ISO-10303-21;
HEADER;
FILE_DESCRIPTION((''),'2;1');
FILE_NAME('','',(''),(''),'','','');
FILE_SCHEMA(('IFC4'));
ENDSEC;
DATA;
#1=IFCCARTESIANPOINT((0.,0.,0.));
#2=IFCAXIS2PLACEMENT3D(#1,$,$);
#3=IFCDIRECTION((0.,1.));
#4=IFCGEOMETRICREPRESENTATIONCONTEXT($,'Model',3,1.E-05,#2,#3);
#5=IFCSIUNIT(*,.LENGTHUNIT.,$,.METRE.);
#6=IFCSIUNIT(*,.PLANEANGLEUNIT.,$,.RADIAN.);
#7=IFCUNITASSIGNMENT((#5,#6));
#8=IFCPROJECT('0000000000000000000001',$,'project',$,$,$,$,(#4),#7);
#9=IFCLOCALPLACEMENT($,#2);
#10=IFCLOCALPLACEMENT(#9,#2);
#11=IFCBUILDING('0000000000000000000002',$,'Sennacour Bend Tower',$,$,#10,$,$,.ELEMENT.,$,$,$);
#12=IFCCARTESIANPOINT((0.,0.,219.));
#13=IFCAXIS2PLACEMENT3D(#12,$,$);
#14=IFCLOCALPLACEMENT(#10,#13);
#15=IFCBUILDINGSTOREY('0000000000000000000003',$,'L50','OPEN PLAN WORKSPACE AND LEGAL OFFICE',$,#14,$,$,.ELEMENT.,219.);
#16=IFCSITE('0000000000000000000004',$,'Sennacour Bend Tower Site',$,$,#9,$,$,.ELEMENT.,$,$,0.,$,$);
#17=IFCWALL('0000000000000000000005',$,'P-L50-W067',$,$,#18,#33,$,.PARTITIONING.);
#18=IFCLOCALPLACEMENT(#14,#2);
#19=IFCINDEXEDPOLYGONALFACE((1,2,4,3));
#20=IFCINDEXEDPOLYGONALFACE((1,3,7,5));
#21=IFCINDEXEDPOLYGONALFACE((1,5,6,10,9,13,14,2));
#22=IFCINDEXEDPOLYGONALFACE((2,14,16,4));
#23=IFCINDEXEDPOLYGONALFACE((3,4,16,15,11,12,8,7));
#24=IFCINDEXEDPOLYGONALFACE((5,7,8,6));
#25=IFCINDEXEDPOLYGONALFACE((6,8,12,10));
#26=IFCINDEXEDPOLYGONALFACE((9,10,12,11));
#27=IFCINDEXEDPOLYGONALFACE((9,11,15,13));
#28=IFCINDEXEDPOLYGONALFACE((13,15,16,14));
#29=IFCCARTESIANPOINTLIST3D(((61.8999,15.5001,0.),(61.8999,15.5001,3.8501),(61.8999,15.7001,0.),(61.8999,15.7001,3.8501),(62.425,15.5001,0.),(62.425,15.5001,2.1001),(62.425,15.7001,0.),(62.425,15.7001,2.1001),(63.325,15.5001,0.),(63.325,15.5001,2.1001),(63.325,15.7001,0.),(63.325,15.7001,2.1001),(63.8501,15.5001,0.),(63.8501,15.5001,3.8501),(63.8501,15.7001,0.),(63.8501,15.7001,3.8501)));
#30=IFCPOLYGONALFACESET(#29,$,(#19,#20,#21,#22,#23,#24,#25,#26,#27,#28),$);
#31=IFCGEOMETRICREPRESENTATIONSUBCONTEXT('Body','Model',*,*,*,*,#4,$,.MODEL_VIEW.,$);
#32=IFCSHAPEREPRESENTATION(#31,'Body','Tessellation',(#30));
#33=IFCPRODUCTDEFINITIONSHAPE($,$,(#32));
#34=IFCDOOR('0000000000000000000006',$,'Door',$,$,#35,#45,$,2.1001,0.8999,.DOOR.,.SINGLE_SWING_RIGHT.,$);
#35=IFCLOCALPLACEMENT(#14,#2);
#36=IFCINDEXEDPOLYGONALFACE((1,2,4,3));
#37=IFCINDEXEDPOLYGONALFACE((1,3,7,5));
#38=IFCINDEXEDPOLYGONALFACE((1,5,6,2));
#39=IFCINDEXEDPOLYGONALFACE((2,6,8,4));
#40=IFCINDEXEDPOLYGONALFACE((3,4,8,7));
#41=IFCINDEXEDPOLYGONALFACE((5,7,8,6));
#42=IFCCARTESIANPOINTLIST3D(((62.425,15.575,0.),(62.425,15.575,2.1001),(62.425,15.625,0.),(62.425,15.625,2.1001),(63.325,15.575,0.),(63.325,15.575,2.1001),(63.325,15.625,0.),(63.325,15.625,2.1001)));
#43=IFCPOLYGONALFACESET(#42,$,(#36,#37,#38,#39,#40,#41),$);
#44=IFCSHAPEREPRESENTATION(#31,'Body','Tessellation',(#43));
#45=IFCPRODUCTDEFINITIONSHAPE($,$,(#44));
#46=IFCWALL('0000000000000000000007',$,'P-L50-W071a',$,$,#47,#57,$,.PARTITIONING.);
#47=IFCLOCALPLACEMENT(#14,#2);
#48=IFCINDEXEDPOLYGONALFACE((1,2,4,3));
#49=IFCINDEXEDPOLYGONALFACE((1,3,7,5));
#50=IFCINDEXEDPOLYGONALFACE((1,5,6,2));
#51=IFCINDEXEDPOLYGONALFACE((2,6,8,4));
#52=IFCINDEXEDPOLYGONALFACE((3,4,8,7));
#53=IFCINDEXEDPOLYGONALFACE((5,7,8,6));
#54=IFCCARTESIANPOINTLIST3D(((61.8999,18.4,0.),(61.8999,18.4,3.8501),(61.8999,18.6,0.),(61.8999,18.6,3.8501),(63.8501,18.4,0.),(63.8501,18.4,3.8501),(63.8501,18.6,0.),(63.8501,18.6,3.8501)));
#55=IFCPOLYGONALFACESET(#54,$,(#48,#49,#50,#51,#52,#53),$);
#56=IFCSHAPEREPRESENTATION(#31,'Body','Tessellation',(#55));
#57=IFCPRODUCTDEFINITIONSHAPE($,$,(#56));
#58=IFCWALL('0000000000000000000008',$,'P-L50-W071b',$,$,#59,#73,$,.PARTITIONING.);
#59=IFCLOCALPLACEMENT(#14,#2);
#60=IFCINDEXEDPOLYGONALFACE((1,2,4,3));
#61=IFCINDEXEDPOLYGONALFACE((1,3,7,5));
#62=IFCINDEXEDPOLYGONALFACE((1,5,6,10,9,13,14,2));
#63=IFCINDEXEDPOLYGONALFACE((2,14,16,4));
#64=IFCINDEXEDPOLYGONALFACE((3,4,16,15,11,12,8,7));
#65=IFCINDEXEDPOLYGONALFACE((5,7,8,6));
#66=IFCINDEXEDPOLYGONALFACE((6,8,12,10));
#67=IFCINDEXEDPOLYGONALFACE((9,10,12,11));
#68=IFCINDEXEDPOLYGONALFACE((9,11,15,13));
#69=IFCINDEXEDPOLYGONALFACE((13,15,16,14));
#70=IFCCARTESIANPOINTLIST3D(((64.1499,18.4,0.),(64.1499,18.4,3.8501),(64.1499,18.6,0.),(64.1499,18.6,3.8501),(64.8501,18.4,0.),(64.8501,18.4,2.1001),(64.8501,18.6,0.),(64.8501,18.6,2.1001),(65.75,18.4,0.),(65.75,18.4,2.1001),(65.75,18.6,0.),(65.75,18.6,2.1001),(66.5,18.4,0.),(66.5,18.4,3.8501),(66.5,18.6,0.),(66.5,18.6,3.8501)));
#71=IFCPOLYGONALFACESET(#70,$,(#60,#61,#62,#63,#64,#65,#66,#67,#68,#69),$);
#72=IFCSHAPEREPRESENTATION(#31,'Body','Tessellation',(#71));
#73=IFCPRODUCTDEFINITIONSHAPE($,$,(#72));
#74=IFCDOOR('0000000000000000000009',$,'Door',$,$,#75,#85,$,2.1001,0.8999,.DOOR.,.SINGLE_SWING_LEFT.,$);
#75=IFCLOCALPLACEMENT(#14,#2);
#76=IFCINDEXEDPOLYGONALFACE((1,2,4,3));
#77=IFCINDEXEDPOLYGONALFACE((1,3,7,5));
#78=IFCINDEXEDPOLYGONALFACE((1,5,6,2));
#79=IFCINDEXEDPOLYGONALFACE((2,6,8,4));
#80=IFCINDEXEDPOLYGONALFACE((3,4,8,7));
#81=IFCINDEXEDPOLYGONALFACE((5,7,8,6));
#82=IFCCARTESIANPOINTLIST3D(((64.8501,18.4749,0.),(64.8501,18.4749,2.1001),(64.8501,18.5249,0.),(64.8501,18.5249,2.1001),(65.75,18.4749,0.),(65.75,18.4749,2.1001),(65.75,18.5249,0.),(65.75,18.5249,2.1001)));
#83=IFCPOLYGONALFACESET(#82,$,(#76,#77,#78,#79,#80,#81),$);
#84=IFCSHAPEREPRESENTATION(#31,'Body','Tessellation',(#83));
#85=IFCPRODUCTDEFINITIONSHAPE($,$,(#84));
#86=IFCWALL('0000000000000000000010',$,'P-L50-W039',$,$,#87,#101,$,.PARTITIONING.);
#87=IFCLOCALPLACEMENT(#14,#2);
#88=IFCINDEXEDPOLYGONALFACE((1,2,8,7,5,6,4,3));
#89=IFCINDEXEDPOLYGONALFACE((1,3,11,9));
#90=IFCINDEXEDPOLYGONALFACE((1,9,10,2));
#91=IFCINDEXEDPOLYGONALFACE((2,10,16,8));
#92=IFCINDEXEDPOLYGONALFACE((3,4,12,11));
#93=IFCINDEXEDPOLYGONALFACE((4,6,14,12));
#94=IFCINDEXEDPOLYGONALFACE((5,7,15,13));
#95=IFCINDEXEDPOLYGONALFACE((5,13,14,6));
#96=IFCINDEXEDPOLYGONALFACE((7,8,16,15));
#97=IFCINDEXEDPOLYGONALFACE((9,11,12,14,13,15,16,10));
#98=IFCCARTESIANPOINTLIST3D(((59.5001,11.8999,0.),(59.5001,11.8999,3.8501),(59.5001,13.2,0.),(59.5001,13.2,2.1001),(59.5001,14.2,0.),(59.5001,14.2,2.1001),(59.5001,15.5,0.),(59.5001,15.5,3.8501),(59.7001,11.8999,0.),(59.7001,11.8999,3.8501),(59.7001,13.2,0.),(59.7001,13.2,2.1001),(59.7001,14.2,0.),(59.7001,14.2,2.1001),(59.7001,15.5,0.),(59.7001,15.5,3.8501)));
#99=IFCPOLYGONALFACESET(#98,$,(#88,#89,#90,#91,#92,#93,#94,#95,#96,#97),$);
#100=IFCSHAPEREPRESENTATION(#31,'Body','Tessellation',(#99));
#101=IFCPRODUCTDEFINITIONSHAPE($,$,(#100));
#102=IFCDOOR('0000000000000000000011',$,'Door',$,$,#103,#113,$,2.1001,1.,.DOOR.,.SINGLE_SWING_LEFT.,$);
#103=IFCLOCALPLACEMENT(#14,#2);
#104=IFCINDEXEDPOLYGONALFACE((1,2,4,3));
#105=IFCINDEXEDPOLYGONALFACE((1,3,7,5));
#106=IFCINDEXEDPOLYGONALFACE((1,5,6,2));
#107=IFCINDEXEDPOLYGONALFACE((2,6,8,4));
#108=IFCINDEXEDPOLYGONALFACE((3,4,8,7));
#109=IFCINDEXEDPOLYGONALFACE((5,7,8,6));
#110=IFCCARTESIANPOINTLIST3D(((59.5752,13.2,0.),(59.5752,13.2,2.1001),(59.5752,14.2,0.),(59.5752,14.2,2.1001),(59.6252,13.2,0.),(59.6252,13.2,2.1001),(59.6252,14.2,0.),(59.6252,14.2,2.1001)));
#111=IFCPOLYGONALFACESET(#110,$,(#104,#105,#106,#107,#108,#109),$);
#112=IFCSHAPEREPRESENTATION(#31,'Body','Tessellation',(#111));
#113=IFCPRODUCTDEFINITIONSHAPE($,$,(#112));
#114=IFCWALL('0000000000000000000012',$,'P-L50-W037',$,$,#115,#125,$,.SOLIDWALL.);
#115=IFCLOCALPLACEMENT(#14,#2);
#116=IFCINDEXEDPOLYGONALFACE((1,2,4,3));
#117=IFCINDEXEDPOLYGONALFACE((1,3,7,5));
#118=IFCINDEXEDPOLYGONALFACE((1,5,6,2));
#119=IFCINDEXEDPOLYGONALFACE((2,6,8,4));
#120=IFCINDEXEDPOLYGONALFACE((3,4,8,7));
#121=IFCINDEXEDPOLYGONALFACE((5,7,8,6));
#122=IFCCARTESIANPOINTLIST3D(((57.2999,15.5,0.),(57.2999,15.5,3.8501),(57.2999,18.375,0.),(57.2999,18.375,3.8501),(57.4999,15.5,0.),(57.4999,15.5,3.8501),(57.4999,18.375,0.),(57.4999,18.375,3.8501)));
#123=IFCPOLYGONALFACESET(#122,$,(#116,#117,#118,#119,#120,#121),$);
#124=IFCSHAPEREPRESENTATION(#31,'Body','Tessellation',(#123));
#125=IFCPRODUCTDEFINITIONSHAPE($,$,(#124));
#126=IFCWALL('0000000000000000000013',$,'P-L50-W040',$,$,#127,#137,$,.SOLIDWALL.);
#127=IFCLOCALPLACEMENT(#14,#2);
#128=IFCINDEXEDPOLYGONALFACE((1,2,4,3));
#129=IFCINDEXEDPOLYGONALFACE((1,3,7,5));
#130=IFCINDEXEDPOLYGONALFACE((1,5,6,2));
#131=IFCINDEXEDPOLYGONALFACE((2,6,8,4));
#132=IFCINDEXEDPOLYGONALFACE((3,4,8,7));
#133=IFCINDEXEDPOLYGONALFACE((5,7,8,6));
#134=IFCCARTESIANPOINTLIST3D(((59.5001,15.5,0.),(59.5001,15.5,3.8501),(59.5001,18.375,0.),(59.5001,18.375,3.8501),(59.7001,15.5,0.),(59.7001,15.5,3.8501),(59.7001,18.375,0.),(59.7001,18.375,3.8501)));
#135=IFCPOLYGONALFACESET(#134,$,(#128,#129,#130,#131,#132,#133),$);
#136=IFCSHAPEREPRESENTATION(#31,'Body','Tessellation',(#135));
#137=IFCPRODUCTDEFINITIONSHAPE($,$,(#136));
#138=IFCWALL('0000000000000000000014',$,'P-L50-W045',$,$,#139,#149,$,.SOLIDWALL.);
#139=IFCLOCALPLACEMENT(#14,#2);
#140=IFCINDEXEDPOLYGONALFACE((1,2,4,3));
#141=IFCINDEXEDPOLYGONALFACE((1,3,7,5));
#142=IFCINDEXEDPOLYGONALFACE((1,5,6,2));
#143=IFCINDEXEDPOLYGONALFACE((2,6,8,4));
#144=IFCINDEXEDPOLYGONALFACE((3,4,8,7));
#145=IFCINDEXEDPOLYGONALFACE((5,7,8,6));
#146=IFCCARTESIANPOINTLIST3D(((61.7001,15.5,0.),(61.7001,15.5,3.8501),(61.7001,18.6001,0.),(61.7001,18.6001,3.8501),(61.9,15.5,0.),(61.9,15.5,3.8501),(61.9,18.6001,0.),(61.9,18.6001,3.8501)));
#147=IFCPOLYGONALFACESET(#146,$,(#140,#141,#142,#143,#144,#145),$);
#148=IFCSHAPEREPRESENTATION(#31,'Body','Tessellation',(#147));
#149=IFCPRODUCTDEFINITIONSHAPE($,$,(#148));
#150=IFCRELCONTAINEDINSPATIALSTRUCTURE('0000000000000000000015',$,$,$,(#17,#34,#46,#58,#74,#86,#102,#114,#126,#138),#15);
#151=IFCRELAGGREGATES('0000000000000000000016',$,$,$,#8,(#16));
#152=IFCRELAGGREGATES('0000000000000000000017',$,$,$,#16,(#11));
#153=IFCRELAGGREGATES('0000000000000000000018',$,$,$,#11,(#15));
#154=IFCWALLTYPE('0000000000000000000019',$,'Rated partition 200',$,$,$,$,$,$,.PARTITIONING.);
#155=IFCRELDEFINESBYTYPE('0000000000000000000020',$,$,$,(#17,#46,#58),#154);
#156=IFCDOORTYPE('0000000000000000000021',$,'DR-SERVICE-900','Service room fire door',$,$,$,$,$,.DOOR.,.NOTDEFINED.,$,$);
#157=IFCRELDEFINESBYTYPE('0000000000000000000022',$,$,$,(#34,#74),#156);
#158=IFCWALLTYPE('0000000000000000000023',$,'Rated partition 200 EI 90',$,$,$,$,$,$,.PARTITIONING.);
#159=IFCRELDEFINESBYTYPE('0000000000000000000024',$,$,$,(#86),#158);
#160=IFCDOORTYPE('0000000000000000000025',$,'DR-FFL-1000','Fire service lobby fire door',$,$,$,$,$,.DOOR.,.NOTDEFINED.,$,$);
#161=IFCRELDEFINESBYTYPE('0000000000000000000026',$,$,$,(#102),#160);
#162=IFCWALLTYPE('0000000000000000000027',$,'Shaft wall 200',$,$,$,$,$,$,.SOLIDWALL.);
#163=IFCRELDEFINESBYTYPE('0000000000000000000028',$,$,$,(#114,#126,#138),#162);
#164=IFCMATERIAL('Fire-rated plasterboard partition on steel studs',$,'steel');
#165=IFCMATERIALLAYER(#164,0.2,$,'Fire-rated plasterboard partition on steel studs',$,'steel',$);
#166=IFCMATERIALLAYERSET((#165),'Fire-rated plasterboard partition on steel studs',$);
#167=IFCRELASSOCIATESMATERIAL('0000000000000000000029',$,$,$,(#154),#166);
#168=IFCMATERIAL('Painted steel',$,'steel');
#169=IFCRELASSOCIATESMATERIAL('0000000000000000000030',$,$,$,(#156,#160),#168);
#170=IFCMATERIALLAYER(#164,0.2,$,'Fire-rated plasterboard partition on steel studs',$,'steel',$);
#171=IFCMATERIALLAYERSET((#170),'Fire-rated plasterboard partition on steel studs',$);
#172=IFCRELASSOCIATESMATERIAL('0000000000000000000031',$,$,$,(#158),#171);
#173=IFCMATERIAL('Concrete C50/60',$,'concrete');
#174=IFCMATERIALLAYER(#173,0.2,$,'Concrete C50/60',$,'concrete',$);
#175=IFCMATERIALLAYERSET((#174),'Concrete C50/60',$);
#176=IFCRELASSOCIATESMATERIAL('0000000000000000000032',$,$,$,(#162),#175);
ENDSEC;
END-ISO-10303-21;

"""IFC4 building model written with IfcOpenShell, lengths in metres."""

from ifc_helpers import new_model, si_unit, direction, frame, frame_2d, origin, place, context, subcontext, project, spatial, rectangle, extrude, material, layer, layer_set, type_object, element, fill, save


model = new_model("IFC4")

# Units and contexts
model_context = context("Model", 3, precision=1e-05, world=origin(), true_north=direction((0.0, 1.0)))
body_context = subcontext(model_context, "Body", "Model", "MODEL_VIEW")
ifc_project = project(units=[si_unit("LENGTHUNIT", "METRE"), si_unit("PLANEANGLEUNIT", "RADIAN")], contexts=[model_context])

# Site, building, storey
site_placement = place(None, origin())
site = spatial("IfcSite", under=ifc_project, at=site_placement, Name="Sennacour Bend Tower Site", CompositionType="ELEMENT", RefElevation=0.0)
building_placement = place(site_placement, origin())
building = spatial("IfcBuilding", under=site, at=building_placement, Name="Sennacour Bend Tower", CompositionType="ELEMENT")
storey_placement = place(building_placement, frame((0.0, 0.0, 219.0)))
storey = spatial("IfcBuildingStorey", under=building, at=storey_placement, Name="L50", Description="OPEN PLAN WORKSPACE AND LEGAL OFFICE", CompositionType="ELEMENT", Elevation=219.0)

# Wall, opening, door
ifc_material_1 = material(Name="Fire-rated plasterboard partition on steel studs", Category="steel")
ifc_layer_1 = layer(ifc_material_1, 0.2, Name="Fire-rated plasterboard partition on steel studs", Category="steel")
ifc_layer_set_1 = layer_set([ifc_layer_1], Name="Fire-rated plasterboard partition on steel studs")
wall_type_1 = type_object("IfcWallType", Name="Rated partition 200", PredefinedType="PARTITIONING", material=ifc_layer_set_1)
wall_1_placement = place(storey_placement, frame((61.8999, 15.6001, 0.0), z_axis=(0.0, 0.0, 1.0), x_axis=(1.0, 0.0, 0.0)))
wall_1 = element("IfcWall", 1, at=wall_1_placement, inside=storey, type_object=wall_type_1, Name="P-L50-W067", PredefinedType="PARTITIONING", context=body_context, shape_type="SweptSolid", body=[
    extrude(rectangle(XDim=1.9502, YDim=0.2, at=frame_2d((0.9751, 0.0))), origin(), (0.0, 0.0, 1.0), 3.8501),
])
opening_1_placement = place(wall_1_placement, frame((0.5251, 0.0, 0.0)))
opening_1 = element("IfcOpeningElement", 2, at=opening_1_placement, cuts=wall_1, PredefinedType="OPENING", context=body_context, shape_type="SweptSolid", body=[
    extrude(rectangle(XDim=0.8999, YDim=2.1001, at=frame_2d((0.45, 1.05))), frame((0.0, 0.1099, 0.0), z_axis=(0.0, -1.0, 0.0), x_axis=(1.0, 0.0, 0.0)), (0.0, 0.0, 1.0), 0.22),
])
ifc_material_2 = material(Name="Painted steel", Category="steel")
door_type_1 = type_object("IfcDoorType", Name="DR-SERVICE-900", Description="Service room fire door", OperationType="NOTDEFINED", PredefinedType="DOOR", material=ifc_material_2)
door_1_placement = place(opening_1_placement, origin())
door_1 = element("IfcDoor", 3, at=door_1_placement, inside=storey, type_object=door_type_1, Name="Door", OperationType="SINGLE_SWING_RIGHT", OverallHeight=2.1001, OverallWidth=0.8999, PredefinedType="DOOR", context=body_context, shape_type="SweptSolid", body=[
    extrude(rectangle(XDim=0.8999, YDim=2.1001, at=frame_2d((0.45, 1.05))), frame((0.0, 0.0249, 0.0), z_axis=(0.0, -1.0, 0.0), x_axis=(1.0, 0.0, 0.0)), (0.0, 0.0, 1.0), 0.05),
])
fill(opening_1, door_1)

# Wall
wall_2_placement = place(storey_placement, frame((61.8999, 18.5, 0.0), z_axis=(0.0, 0.0, 1.0), x_axis=(1.0, 0.0, 0.0)))
element("IfcWall", 4, at=wall_2_placement, inside=storey, type_object=wall_type_1, Name="P-L50-W071a", PredefinedType="PARTITIONING", context=body_context, shape_type="SweptSolid", body=[
    extrude(rectangle(XDim=1.9502, YDim=0.2, at=frame_2d((0.9751, 0.0))), origin(), (0.0, 0.0, 1.0), 3.8501),
])

# Walls, openings, doors
wall_3_placement = place(storey_placement, frame((64.1499, 18.5, 0.0), z_axis=(0.0, 0.0, 1.0), x_axis=(1.0, 0.0, 0.0)))
wall_3 = element("IfcWall", 5, at=wall_3_placement, inside=storey, type_object=wall_type_1, Name="P-L50-W071b", PredefinedType="PARTITIONING", context=body_context, shape_type="SweptSolid", body=[
    extrude(rectangle(XDim=2.3501, YDim=0.2, at=frame_2d((1.175, 0.0))), origin(), (0.0, 0.0, 1.0), 3.8501),
])
opening_2_placement = place(wall_3_placement, frame((0.7002, 0.0, 0.0)))
opening_2 = element("IfcOpeningElement", 6, at=opening_2_placement, cuts=wall_3, PredefinedType="OPENING", context=body_context, shape_type="SweptSolid", body=[
    extrude(rectangle(XDim=0.8999, YDim=2.1001, at=frame_2d((0.45, 1.05))), frame((0.0, 0.1099, 0.0), z_axis=(0.0, -1.0, 0.0), x_axis=(1.0, 0.0, 0.0)), (0.0, 0.0, 1.0), 0.22),
])
door_2_placement = place(opening_2_placement, origin())
door_2 = element("IfcDoor", 7, at=door_2_placement, inside=storey, type_object=door_type_1, Name="Door", OperationType="SINGLE_SWING_LEFT", OverallHeight=2.1001, OverallWidth=0.8999, PredefinedType="DOOR", context=body_context, shape_type="SweptSolid", body=[
    extrude(rectangle(XDim=0.8999, YDim=2.1001, at=frame_2d((0.45, 1.05))), frame((0.0, 0.0249, 0.0), z_axis=(0.0, -1.0, 0.0), x_axis=(1.0, 0.0, 0.0)), (0.0, 0.0, 1.0), 0.05),
])
fill(opening_2, door_2)
ifc_layer_2 = layer(ifc_material_1, 0.2, Name="Fire-rated plasterboard partition on steel studs", Category="steel")
ifc_layer_set_2 = layer_set([ifc_layer_2], Name="Fire-rated plasterboard partition on steel studs")
wall_type_2 = type_object("IfcWallType", Name="Rated partition 200 EI 90", PredefinedType="PARTITIONING", material=ifc_layer_set_2)
wall_4_placement = place(storey_placement, frame((59.6001, 11.8999, 0.0), z_axis=(0.0, 0.0, 1.0), x_axis=(0.0, 1.0, 0.0)))
wall_4 = element("IfcWall", 8, at=wall_4_placement, inside=storey, type_object=wall_type_2, Name="P-L50-W039", PredefinedType="PARTITIONING", context=body_context, shape_type="SweptSolid", body=[
    extrude(rectangle(XDim=3.6001, YDim=0.2, at=frame_2d((1.8, 0.0))), origin(), (0.0, 0.0, 1.0), 3.8501),
])
opening_3_placement = place(wall_4_placement, frame((1.3, 0.0, 0.0)))
opening_3 = element("IfcOpeningElement", 9, at=opening_3_placement, cuts=wall_4, PredefinedType="OPENING", context=body_context, shape_type="SweptSolid", body=[
    extrude(rectangle(XDim=1.0, YDim=2.1001, at=frame_2d((0.5, 1.05))), frame((0.0, 0.1099, 0.0), z_axis=(0.0, -1.0, 0.0), x_axis=(1.0, 0.0, 0.0)), (0.0, 0.0, 1.0), 0.22),
])
door_type_2 = type_object("IfcDoorType", Name="DR-FFL-1000", Description="Fire service lobby fire door", OperationType="NOTDEFINED", PredefinedType="DOOR", material=ifc_material_2)
door_3_placement = place(opening_3_placement, origin())
door_3 = element("IfcDoor", 10, at=door_3_placement, inside=storey, type_object=door_type_2, Name="Door", OperationType="SINGLE_SWING_LEFT", OverallHeight=2.1001, OverallWidth=1.0, PredefinedType="DOOR", context=body_context, shape_type="SweptSolid", body=[
    extrude(rectangle(XDim=1.0, YDim=2.1001, at=frame_2d((0.5, 1.05))), frame((0.0, 0.0249, 0.0), z_axis=(0.0, -1.0, 0.0), x_axis=(1.0, 0.0, 0.0)), (0.0, 0.0, 1.0), 0.05),
])
fill(opening_3, door_3)

# Walls
ifc_material_3 = material(Name="Concrete C50/60", Category="concrete")
ifc_layer_3 = layer(ifc_material_3, 0.2, Name="Concrete C50/60", Category="concrete")
ifc_layer_set_3 = layer_set([ifc_layer_3], Name="Concrete C50/60")
wall_type_3 = type_object("IfcWallType", Name="Shaft wall 200", PredefinedType="SOLIDWALL", material=ifc_layer_set_3)
for number, where, z_axis, x_axis, name in (
    (11, (57.3999, 15.5, 0.0), (0.0, 0.0, 1.0), (0.0, 1.0, 0.0), "P-L50-W037"),
    (12, (59.6001, 15.5, 0.0), (0.0, 0.0, 1.0), (0.0, 1.0, 0.0), "P-L50-W040"),
):
    element("IfcWall", number, at=place(storey_placement, frame(where, z_axis=z_axis, x_axis=x_axis)), inside=storey, type_object=wall_type_3, Name=name, PredefinedType="SOLIDWALL", context=body_context, shape_type="SweptSolid", body=[
        extrude(rectangle(XDim=2.875, YDim=0.2, at=frame_2d((1.4375, 0.0))), origin(), (0.0, 0.0, 1.0), 3.8501),
    ])
wall_5_placement = place(storey_placement, frame((61.8, 15.5, 0.0), z_axis=(0.0, 0.0, 1.0), x_axis=(0.0, 1.0, 0.0)))
element("IfcWall", 13, at=wall_5_placement, inside=storey, type_object=wall_type_3, Name="P-L50-W045", PredefinedType="SOLIDWALL", context=body_context, shape_type="SweptSolid", body=[
    extrude(rectangle(XDim=3.1001, YDim=0.2, at=frame_2d((1.55, 0.0))), origin(), (0.0, 0.0, 1.0), 3.8501),
])

save(model, "model.ifc")
